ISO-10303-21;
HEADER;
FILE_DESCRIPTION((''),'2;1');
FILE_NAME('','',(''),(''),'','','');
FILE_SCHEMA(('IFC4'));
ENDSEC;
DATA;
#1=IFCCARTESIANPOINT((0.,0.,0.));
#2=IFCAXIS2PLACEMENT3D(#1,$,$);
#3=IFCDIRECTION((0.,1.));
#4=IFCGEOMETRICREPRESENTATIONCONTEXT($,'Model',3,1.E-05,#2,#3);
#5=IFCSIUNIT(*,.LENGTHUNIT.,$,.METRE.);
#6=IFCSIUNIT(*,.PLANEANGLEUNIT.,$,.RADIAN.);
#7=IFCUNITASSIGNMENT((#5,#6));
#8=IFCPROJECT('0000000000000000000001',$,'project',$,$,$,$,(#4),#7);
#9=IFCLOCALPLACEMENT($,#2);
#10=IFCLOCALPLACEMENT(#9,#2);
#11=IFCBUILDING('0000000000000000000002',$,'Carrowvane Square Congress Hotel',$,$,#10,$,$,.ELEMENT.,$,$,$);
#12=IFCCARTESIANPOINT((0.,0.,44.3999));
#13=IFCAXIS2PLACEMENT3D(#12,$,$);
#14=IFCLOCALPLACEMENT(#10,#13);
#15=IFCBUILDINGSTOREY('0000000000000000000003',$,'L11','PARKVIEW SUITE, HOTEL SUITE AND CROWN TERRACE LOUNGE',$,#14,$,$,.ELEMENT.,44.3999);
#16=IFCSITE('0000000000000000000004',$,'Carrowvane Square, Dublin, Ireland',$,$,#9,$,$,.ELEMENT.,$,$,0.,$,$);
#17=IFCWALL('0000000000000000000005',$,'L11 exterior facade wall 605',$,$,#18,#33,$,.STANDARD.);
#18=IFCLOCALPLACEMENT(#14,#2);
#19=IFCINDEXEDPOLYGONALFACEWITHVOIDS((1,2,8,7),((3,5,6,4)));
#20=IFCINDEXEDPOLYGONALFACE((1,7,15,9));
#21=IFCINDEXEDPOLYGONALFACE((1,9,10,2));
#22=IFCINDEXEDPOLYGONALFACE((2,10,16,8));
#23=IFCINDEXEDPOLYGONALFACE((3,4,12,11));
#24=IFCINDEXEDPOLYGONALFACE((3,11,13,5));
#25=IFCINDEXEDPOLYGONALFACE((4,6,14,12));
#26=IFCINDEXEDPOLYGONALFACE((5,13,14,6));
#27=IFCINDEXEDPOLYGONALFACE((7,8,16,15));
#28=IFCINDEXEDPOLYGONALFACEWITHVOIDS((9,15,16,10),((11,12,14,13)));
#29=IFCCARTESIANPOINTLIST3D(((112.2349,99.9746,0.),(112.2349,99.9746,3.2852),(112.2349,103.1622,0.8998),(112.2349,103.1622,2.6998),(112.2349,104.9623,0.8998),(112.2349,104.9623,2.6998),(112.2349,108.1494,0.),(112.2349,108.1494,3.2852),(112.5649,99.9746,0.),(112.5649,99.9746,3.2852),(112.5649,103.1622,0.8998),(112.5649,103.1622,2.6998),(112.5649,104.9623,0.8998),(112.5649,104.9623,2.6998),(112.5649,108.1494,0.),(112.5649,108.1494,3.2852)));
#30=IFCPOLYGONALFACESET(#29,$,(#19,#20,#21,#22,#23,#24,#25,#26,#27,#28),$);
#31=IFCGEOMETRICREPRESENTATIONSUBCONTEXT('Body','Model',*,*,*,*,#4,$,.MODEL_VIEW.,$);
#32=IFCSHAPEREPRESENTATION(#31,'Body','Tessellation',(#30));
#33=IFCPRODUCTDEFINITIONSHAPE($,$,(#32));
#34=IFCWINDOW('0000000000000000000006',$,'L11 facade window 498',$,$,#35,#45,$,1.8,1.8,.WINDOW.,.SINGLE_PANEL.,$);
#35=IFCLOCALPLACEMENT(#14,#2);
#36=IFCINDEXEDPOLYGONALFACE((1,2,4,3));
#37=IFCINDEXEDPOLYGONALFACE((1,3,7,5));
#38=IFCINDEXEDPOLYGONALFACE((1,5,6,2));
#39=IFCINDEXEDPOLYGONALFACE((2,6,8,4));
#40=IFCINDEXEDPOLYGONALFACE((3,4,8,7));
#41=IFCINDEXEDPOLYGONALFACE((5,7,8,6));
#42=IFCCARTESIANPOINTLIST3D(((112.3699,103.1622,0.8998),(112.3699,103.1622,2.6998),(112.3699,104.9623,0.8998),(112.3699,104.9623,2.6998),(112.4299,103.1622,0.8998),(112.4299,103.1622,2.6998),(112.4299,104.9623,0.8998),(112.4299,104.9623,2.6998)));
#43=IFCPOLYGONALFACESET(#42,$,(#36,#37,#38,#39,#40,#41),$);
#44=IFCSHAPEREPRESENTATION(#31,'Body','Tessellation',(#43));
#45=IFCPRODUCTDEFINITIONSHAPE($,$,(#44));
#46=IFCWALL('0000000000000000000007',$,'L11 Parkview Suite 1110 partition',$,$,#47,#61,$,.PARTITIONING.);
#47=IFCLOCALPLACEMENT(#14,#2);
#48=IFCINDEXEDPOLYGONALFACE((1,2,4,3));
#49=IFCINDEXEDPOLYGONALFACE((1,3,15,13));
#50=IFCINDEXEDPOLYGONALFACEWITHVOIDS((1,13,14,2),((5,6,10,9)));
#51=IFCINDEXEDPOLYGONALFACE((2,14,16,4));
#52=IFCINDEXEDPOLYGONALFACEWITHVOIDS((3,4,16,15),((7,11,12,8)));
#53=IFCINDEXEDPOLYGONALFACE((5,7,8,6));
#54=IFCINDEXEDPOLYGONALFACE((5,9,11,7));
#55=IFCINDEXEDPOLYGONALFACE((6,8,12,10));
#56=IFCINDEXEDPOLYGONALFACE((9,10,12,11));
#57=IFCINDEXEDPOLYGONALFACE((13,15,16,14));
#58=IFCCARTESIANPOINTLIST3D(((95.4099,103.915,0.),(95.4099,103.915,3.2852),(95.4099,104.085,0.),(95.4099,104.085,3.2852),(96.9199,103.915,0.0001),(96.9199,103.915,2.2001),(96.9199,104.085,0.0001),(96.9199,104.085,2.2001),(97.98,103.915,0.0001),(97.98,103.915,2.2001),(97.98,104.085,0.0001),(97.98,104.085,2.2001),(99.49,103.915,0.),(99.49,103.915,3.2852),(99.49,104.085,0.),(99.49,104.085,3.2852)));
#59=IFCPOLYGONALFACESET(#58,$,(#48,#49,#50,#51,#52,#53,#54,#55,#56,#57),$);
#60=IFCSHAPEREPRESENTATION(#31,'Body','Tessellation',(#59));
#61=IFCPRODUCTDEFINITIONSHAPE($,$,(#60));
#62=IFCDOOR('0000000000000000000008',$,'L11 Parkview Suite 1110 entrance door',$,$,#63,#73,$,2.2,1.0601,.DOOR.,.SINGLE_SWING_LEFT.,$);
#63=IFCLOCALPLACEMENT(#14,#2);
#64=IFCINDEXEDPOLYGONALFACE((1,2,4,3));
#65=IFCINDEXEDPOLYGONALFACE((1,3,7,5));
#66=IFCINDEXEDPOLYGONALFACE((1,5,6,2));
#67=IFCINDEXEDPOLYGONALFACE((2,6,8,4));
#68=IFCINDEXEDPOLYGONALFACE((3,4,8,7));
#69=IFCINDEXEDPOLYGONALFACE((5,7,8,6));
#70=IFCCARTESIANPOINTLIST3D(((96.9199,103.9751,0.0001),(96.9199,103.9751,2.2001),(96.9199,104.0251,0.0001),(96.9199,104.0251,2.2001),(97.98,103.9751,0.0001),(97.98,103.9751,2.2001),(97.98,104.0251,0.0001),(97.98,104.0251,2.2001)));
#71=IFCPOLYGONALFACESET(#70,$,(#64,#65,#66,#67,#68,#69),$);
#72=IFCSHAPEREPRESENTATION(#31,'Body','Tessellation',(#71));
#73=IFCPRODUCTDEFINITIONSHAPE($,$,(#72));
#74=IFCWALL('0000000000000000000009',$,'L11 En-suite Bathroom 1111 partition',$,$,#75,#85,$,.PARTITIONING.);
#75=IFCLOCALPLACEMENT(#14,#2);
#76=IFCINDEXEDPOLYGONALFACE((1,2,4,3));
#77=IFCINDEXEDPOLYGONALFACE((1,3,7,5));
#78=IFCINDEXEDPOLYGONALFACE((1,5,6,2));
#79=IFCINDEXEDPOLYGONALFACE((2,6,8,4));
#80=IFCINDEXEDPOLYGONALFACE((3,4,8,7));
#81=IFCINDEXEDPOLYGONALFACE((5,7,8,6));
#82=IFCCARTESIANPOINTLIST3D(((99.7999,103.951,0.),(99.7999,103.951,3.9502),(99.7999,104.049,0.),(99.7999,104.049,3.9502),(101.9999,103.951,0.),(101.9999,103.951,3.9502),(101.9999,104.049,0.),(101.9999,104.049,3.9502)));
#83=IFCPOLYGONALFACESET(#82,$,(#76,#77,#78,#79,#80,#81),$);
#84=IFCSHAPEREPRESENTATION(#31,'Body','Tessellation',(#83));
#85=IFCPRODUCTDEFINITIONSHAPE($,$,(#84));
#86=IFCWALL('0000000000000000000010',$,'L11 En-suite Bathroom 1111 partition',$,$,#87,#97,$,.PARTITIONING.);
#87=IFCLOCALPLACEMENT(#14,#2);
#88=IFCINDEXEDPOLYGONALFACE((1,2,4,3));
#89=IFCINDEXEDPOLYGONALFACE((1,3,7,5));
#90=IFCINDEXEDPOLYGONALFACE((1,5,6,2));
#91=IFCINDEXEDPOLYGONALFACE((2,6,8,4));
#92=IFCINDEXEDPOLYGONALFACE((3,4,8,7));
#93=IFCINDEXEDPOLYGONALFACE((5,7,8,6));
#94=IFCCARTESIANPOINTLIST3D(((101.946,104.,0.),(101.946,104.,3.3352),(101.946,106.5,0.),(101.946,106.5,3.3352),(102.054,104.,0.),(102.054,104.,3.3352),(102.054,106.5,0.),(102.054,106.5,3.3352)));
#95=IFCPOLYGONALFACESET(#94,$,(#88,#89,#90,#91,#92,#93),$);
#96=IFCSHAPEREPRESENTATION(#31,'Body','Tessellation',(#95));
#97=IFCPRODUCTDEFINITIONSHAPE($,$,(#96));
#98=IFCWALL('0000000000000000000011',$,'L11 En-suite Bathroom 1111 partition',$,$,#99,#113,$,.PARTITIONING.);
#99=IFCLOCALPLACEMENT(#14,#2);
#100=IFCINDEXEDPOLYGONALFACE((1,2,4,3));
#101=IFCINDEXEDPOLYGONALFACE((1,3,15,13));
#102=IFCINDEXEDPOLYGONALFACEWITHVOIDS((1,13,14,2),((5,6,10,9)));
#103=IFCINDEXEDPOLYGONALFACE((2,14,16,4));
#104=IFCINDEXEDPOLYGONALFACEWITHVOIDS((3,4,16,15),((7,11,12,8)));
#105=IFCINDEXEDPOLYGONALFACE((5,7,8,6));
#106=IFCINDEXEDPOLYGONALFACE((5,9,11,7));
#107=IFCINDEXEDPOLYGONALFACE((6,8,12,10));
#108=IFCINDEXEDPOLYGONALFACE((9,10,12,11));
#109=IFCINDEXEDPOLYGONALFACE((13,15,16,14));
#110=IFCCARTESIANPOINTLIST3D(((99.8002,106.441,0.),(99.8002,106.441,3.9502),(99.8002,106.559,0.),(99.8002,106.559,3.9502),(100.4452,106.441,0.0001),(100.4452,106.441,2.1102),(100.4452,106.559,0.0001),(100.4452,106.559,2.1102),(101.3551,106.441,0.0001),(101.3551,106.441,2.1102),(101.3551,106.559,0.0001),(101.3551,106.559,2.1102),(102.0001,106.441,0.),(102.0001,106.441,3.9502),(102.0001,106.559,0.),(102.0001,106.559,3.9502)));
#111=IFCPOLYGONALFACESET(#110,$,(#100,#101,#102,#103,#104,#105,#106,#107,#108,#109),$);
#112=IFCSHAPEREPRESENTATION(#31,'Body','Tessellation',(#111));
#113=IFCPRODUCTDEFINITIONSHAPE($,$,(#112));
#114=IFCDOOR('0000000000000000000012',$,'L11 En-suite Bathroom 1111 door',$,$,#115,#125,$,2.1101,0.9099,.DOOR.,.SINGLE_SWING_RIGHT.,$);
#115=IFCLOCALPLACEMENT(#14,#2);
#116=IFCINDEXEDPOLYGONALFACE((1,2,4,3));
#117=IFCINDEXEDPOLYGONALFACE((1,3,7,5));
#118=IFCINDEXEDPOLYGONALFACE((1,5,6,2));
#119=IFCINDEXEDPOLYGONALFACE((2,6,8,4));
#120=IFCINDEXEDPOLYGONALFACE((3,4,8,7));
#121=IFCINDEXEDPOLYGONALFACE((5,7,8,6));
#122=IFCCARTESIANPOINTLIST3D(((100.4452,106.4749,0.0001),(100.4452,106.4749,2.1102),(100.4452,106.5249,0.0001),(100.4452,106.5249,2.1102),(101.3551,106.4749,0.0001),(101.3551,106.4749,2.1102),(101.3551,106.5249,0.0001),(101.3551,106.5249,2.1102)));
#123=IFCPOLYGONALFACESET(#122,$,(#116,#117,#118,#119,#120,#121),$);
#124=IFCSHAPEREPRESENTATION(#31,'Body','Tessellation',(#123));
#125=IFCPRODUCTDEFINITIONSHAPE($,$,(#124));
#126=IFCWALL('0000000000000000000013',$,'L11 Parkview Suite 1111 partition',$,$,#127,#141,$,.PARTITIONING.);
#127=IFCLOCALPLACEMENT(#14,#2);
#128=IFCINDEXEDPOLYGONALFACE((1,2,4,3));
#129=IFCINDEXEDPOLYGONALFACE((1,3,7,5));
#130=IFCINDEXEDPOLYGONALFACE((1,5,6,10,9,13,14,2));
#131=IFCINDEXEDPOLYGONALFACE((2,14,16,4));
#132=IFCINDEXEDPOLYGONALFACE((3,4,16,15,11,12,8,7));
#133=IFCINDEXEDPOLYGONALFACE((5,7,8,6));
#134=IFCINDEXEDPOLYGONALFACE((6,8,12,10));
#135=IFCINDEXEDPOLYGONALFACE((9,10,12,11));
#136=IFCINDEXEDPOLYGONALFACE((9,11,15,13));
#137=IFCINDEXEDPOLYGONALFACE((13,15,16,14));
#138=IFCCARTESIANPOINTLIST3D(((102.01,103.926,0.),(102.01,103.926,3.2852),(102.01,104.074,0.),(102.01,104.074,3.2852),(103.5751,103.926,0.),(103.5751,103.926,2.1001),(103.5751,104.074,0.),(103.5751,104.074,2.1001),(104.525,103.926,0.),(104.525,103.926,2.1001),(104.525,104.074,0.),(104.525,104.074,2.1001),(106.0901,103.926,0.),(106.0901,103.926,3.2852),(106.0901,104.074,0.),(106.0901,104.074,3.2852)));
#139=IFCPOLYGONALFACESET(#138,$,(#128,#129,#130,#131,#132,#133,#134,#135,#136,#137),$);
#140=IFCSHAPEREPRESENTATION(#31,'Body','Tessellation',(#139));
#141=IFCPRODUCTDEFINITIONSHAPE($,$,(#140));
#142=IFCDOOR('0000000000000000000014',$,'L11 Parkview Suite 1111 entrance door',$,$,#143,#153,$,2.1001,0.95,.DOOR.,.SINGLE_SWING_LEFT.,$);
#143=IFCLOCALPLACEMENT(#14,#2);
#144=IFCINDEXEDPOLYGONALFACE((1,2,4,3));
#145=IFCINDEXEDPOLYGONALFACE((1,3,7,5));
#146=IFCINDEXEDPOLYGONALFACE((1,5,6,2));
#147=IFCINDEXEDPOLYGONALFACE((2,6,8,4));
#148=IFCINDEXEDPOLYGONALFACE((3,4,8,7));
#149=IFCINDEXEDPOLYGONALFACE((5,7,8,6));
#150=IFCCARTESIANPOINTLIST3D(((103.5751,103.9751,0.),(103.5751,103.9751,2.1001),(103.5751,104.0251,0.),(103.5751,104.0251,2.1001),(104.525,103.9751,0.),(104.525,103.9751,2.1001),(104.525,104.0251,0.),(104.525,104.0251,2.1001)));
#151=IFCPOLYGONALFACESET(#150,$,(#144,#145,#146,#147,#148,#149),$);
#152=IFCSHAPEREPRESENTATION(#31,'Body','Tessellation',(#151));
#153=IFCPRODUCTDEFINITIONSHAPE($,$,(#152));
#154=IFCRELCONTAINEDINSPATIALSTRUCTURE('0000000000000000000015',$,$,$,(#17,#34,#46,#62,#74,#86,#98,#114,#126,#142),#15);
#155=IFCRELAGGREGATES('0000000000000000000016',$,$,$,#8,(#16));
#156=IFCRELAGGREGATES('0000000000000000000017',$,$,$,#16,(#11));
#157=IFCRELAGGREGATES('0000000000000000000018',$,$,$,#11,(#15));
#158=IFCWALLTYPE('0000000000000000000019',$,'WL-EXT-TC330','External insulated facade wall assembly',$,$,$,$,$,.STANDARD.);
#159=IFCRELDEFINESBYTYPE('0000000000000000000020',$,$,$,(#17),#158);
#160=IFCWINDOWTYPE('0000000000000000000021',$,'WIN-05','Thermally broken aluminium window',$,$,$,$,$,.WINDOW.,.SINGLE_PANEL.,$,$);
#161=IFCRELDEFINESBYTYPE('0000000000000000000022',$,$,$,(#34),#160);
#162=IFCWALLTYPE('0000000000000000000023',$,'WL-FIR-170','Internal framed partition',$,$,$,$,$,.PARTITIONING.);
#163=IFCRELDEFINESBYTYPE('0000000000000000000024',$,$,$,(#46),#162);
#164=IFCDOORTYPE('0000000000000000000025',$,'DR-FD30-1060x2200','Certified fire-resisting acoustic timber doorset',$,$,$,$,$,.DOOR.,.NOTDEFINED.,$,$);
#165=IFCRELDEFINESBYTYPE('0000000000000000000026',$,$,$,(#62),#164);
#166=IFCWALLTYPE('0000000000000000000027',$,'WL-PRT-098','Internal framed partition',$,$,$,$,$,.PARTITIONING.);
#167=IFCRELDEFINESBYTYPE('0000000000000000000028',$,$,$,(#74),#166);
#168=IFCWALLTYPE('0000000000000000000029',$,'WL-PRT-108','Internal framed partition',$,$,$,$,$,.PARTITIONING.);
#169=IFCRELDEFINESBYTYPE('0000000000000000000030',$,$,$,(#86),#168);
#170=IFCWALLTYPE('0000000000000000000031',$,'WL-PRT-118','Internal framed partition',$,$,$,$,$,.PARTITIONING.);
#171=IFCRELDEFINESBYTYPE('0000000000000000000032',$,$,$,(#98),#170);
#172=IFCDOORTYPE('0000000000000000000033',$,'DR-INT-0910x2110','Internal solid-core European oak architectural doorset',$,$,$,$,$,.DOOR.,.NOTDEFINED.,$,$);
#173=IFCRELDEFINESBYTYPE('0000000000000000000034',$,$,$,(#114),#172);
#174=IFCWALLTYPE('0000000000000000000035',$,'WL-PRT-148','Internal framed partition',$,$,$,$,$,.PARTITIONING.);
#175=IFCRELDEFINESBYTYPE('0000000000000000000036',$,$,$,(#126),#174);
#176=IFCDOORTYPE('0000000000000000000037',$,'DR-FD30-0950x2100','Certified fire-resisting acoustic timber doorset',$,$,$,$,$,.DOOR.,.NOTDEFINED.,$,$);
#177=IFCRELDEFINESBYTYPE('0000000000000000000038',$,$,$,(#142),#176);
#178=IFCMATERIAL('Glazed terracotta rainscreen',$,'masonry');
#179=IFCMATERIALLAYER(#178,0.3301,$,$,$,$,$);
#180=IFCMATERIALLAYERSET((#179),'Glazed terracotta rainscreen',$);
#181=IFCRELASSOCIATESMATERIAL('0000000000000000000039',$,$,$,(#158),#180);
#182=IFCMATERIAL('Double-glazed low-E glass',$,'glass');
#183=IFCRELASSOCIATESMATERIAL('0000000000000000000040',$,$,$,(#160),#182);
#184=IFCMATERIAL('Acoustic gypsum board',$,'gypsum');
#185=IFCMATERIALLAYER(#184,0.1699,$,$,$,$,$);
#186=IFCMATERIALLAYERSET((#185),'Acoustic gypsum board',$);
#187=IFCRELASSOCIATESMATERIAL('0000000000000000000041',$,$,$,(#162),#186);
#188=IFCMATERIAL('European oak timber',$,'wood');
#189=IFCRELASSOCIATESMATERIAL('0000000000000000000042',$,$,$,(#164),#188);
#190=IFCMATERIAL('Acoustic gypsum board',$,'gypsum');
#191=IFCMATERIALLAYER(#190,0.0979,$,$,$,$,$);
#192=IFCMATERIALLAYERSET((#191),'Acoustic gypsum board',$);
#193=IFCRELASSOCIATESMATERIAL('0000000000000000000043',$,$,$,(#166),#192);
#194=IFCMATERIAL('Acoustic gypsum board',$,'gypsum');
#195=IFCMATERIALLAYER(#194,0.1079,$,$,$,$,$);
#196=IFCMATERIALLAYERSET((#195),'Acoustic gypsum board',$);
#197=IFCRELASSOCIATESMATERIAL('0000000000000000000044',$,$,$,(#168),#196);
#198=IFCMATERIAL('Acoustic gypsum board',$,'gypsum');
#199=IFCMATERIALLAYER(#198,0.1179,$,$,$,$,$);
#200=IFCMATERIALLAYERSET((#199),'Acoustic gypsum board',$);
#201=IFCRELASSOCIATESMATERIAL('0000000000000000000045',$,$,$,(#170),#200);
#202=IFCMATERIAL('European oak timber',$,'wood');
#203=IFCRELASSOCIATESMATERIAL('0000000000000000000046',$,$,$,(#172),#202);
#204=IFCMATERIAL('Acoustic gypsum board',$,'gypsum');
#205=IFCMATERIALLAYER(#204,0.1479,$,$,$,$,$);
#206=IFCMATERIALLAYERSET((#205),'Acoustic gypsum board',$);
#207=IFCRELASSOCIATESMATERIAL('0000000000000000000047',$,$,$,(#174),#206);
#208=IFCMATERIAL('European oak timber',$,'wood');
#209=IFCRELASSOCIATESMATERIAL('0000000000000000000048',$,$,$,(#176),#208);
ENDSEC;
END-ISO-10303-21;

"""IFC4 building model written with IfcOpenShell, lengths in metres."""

from ifc_helpers import new_model, si_unit, direction, frame, frame_2d, origin, place, context, subcontext, project, spatial, rectangle, extrude, material, layer, layer_set, type_object, element, fill, save


model = new_model("IFC4")

# Units and contexts
model_context = context("Model", 3, precision=1e-05, world=origin(), true_north=direction((0.0, 1.0)))
body_context = subcontext(model_context, "Body", "Model", "MODEL_VIEW")
ifc_project = project(units=[si_unit("LENGTHUNIT", "METRE"), si_unit("PLANEANGLEUNIT", "RADIAN")], contexts=[model_context])

# Site, building, storey
site_placement = place(None, origin())
site = spatial("IfcSite", under=ifc_project, at=site_placement, Name="Carrowvane Square, Dublin, Ireland", CompositionType="ELEMENT", RefElevation=0.0)
building_placement = place(site_placement, origin())
building = spatial("IfcBuilding", under=site, at=building_placement, Name="Carrowvane Square Congress Hotel", CompositionType="ELEMENT")
storey_placement = place(building_placement, frame((0.0, 0.0, 44.3999)))
storey = spatial("IfcBuildingStorey", under=building, at=storey_placement, Name="L11", Description="PARKVIEW SUITE, HOTEL SUITE AND CROWN TERRACE LOUNGE", CompositionType="ELEMENT", Elevation=44.3999)

# Wall, opening, window
ifc_material_1 = material(Name="Glazed terracotta rainscreen", Category="masonry")
ifc_layer_1 = layer(ifc_material_1, 0.3301)
ifc_layer_set_1 = layer_set([ifc_layer_1], Name="Glazed terracotta rainscreen")
wall_type_1 = type_object("IfcWallType", Name="WL-EXT-TC330", Description="External insulated facade wall assembly", PredefinedType="STANDARD", material=ifc_layer_set_1)
wall_1_placement = place(storey_placement, frame((112.3999, 108.1494, 0.0), z_axis=(0.0, 0.0, 1.0), x_axis=(0.0, -1.0, 0.0)))
wall_1 = element("IfcWall", 1, at=wall_1_placement, inside=storey, type_object=wall_type_1, Name="L11 exterior facade wall 605", PredefinedType="STANDARD", context=body_context, shape_type="SweptSolid", body=[
    extrude(rectangle(XDim=8.1748, YDim=0.3301, at=frame_2d((4.0874, 0.0))), origin(), (0.0, 0.0, 1.0), 3.2852),
])
opening_1_placement = place(wall_1_placement, frame((3.1873, 0.0, 0.8999)))
opening_1 = element("IfcOpeningElement", 2, at=opening_1_placement, cuts=wall_1, PredefinedType="OPENING", context=body_context, shape_type="SweptSolid", body=[
    extrude(rectangle(XDim=1.8, YDim=1.8, at=frame_2d((0.8999, 0.8999))), frame((0.0, 0.175, 0.0), z_axis=(0.0, -1.0, 0.0), x_axis=(1.0, 0.0, 0.0)), (0.0, 0.0, 1.0), 0.3501),
])
ifc_material_2 = material(Name="Double-glazed low-E glass", Category="glass")
window_type = type_object("IfcWindowType", Name="WIN-05", Description="Thermally broken aluminium window", PartitioningType="SINGLE_PANEL", PredefinedType="WINDOW", material=ifc_material_2)
window_placement = place(opening_1_placement, origin())
window = element("IfcWindow", 3, at=window_placement, inside=storey, type_object=window_type, Name="L11 facade window 498", OverallHeight=1.8, OverallWidth=1.8, PartitioningType="SINGLE_PANEL", PredefinedType="WINDOW", context=body_context, shape_type="SweptSolid", body=[
    extrude(rectangle(XDim=1.8, YDim=1.8, at=frame_2d((0.8999, 0.8999))), frame((0.0, 0.03, 0.0), z_axis=(0.0, -1.0, 0.0), x_axis=(1.0, 0.0, 0.0)), (0.0, 0.0, 1.0), 0.0601),
])
fill(opening_1, window)

# Wall, opening, door
ifc_material_3 = material(Name="Acoustic gypsum board", Category="gypsum")
ifc_layer_2 = layer(ifc_material_3, 0.1699)
ifc_layer_set_2 = layer_set([ifc_layer_2], Name="Acoustic gypsum board")
wall_type_2 = type_object("IfcWallType", Name="WL-FIR-170", Description="Internal framed partition", PredefinedType="PARTITIONING", material=ifc_layer_set_2)
wall_2_placement = place(storey_placement, frame((99.49, 104.0, 0.0), z_axis=(0.0, 0.0, 1.0), x_axis=(-1.0, 0.0, 0.0)))
wall_2 = element("IfcWall", 4, at=wall_2_placement, inside=storey, type_object=wall_type_2, Name="L11 Parkview Suite 1110 partition", PredefinedType="PARTITIONING", context=body_context, shape_type="SweptSolid", body=[
    extrude(rectangle(XDim=4.0801, YDim=0.1699, at=frame_2d((2.04, 0.0))), origin(), (0.0, 0.0, 1.0), 3.2852),
])
opening_2_placement = place(wall_2_placement, frame((1.51, 0.0, 0.0)))
opening_2 = element("IfcOpeningElement", 5, at=opening_2_placement, cuts=wall_2, PredefinedType="OPENING", context=body_context, shape_type="SweptSolid", body=[
    extrude(rectangle(XDim=1.0601, YDim=2.2, at=frame_2d((0.53, 1.1001))), frame((0.0, 0.095, 0.0), z_axis=(0.0, -1.0, 0.0), x_axis=(1.0, 0.0, 0.0)), (0.0, 0.0, 1.0), 0.1899),
])
ifc_material_4 = material(Name="European oak timber", Category="wood")
door_type_1 = type_object("IfcDoorType", Name="DR-FD30-1060x2200", Description="Certified fire-resisting acoustic timber doorset", OperationType="NOTDEFINED", PredefinedType="DOOR", material=ifc_material_4)
door_1_placement = place(opening_2_placement, origin())
door_1 = element("IfcDoor", 6, at=door_1_placement, inside=storey, type_object=door_type_1, Name="L11 Parkview Suite 1110 entrance door", OperationType="SINGLE_SWING_LEFT", OverallHeight=2.2, OverallWidth=1.0601, PredefinedType="DOOR", context=body_context, shape_type="SweptSolid", body=[
    extrude(rectangle(XDim=1.0601, YDim=2.2, at=frame_2d((0.53, 1.1001))), frame((0.0, 0.0249, 0.0), z_axis=(0.0, -1.0, 0.0), x_axis=(1.0, 0.0, 0.0)), (0.0, 0.0, 1.0), 0.05),
])
fill(opening_2, door_1)

# Walls
ifc_material_5 = material(Name="Acoustic gypsum board", Category="gypsum")
ifc_layer_3 = layer(ifc_material_5, 0.0979)
ifc_layer_set_3 = layer_set([ifc_layer_3], Name="Acoustic gypsum board")
wall_type_3 = type_object("IfcWallType", Name="WL-PRT-098", Description="Internal framed partition", PredefinedType="PARTITIONING", material=ifc_layer_set_3)
wall_3_placement = place(storey_placement, frame((102.0, 104.0, 0.0), z_axis=(0.0, 0.0, 1.0), x_axis=(-1.0, 0.0, 0.0)))
element("IfcWall", 7, at=wall_3_placement, inside=storey, type_object=wall_type_3, Name="L11 En-suite Bathroom 1111 partition", PredefinedType="PARTITIONING", context=body_context, shape_type="SweptSolid", body=[
    extrude(rectangle(XDim=2.2, YDim=0.0979, at=frame_2d((1.1001, 0.0))), origin(), (0.0, 0.0, 1.0), 3.9502),
])
ifc_material_6 = material(Name="Acoustic gypsum board", Category="gypsum")
ifc_layer_4 = layer(ifc_material_6, 0.1079)
ifc_layer_set_4 = layer_set([ifc_layer_4], Name="Acoustic gypsum board")
wall_type_4 = type_object("IfcWallType", Name="WL-PRT-108", Description="Internal framed partition", PredefinedType="PARTITIONING", material=ifc_layer_set_4)
wall_4_placement = place(storey_placement, frame((102.0, 106.5, 0.0), z_axis=(0.0, 0.0, 1.0), x_axis=(0.0, -1.0, 0.0)))
element("IfcWall", 8, at=wall_4_placement, inside=storey, type_object=wall_type_4, Name="L11 En-suite Bathroom 1111 partition", PredefinedType="PARTITIONING", context=body_context, shape_type="SweptSolid", body=[
    extrude(rectangle(XDim=2.5, YDim=0.1079, at=frame_2d((1.25, 0.0))), origin(), (0.0, 0.0, 1.0), 3.3352),
])

# Walls, openings, doors
ifc_material_7 = material(Name="Acoustic gypsum board", Category="gypsum")
ifc_layer_5 = layer(ifc_material_7, 0.1179)
ifc_layer_set_5 = layer_set([ifc_layer_5], Name="Acoustic gypsum board")
wall_type_5 = type_object("IfcWallType", Name="WL-PRT-118", Description="Internal framed partition", PredefinedType="PARTITIONING", material=ifc_layer_set_5)
wall_5_placement = place(storey_placement, frame((99.8, 106.5, 0.0), z_axis=(0.0, 0.0, 1.0), x_axis=(1.0, 0.0, 0.0)))
wall_5 = element("IfcWall", 9, at=wall_5_placement, inside=storey, type_object=wall_type_5, Name="L11 En-suite Bathroom 1111 partition", PredefinedType="PARTITIONING", context=body_context, shape_type="SweptSolid", body=[
    extrude(rectangle(XDim=2.2, YDim=0.1179, at=frame_2d((1.1001, 0.0))), origin(), (0.0, 0.0, 1.0), 3.9502),
])
opening_3_placement = place(wall_5_placement, frame((0.645, 0.0, 0.0)))
opening_3 = element("IfcOpeningElement", 10, at=opening_3_placement, cuts=wall_5, PredefinedType="OPENING", context=body_context, shape_type="SweptSolid", body=[
    extrude(rectangle(XDim=0.9099, YDim=2.1101, at=frame_2d((0.4551, 1.0552))), frame((0.0, 0.0688, 0.0), z_axis=(0.0, -1.0, 0.0), x_axis=(1.0, 0.0, 0.0)), (0.0, 0.0, 1.0), 0.1379),
])
ifc_material_8 = material(Name="European oak timber", Category="wood")
door_type_2 = type_object("IfcDoorType", Name="DR-INT-0910x2110", Description="Internal solid-core European oak architectural doorset", OperationType="NOTDEFINED", PredefinedType="DOOR", material=ifc_material_8)
door_2_placement = place(opening_3_placement, origin())
door_2 = element("IfcDoor", 11, at=door_2_placement, inside=storey, type_object=door_type_2, Name="L11 En-suite Bathroom 1111 door", OperationType="SINGLE_SWING_RIGHT", OverallHeight=2.1101, OverallWidth=0.9099, PredefinedType="DOOR", context=body_context, shape_type="SweptSolid", body=[
    extrude(rectangle(XDim=0.9099, YDim=2.1101, at=frame_2d((0.4551, 1.0552))), frame((0.0, 0.0249, 0.0), z_axis=(0.0, -1.0, 0.0), x_axis=(1.0, 0.0, 0.0)), (0.0, 0.0, 1.0), 0.05),
])
fill(opening_3, door_2)
ifc_material_9 = material(Name="Acoustic gypsum board", Category="gypsum")
ifc_layer_6 = layer(ifc_material_9, 0.1479)
ifc_layer_set_6 = layer_set([ifc_layer_6], Name="Acoustic gypsum board")
wall_type_6 = type_object("IfcWallType", Name="WL-PRT-148", Description="Internal framed partition", PredefinedType="PARTITIONING", material=ifc_layer_set_6)
wall_6_placement = place(storey_placement, frame((106.0901, 104.0, 0.0), z_axis=(0.0, 0.0, 1.0), x_axis=(-1.0, 0.0, 0.0)))
wall_6 = element("IfcWall", 12, at=wall_6_placement, inside=storey, type_object=wall_type_6, Name="L11 Parkview Suite 1111 partition", PredefinedType="PARTITIONING", context=body_context, shape_type="SweptSolid", body=[
    extrude(rectangle(XDim=4.0801, YDim=0.1479, at=frame_2d((2.04, 0.0))), origin(), (0.0, 0.0, 1.0), 3.2852),
])
opening_4_placement = place(wall_6_placement, frame((1.5649, 0.0, 0.0)))
opening_4 = element("IfcOpeningElement", 13, at=opening_4_placement, cuts=wall_6, PredefinedType="OPENING", context=body_context, shape_type="SweptSolid", body=[
    extrude(rectangle(XDim=0.95, YDim=2.1001, at=frame_2d((0.4751, 1.05))), frame((0.0, 0.084, 0.0), z_axis=(0.0, -1.0, 0.0), x_axis=(1.0, 0.0, 0.0)), (0.0, 0.0, 1.0), 0.168),
])
ifc_material_10 = material(Name="European oak timber", Category="wood")
door_type_3 = type_object("IfcDoorType", Name="DR-FD30-0950x2100", Description="Certified fire-resisting acoustic timber doorset", OperationType="NOTDEFINED", PredefinedType="DOOR", material=ifc_material_10)
door_3_placement = place(opening_4_placement, origin())
door_3 = element("IfcDoor", 14, at=door_3_placement, inside=storey, type_object=door_type_3, Name="L11 Parkview Suite 1111 entrance door", OperationType="SINGLE_SWING_LEFT", OverallHeight=2.1001, OverallWidth=0.95, PredefinedType="DOOR", context=body_context, shape_type="SweptSolid", body=[
    extrude(rectangle(XDim=0.95, YDim=2.1001, at=frame_2d((0.4751, 1.05))), frame((0.0, 0.0249, 0.0), z_axis=(0.0, -1.0, 0.0), x_axis=(1.0, 0.0, 0.0)), (0.0, 0.0, 1.0), 0.05),
])
fill(opening_4, door_3)

save(model, "model.ifc")
